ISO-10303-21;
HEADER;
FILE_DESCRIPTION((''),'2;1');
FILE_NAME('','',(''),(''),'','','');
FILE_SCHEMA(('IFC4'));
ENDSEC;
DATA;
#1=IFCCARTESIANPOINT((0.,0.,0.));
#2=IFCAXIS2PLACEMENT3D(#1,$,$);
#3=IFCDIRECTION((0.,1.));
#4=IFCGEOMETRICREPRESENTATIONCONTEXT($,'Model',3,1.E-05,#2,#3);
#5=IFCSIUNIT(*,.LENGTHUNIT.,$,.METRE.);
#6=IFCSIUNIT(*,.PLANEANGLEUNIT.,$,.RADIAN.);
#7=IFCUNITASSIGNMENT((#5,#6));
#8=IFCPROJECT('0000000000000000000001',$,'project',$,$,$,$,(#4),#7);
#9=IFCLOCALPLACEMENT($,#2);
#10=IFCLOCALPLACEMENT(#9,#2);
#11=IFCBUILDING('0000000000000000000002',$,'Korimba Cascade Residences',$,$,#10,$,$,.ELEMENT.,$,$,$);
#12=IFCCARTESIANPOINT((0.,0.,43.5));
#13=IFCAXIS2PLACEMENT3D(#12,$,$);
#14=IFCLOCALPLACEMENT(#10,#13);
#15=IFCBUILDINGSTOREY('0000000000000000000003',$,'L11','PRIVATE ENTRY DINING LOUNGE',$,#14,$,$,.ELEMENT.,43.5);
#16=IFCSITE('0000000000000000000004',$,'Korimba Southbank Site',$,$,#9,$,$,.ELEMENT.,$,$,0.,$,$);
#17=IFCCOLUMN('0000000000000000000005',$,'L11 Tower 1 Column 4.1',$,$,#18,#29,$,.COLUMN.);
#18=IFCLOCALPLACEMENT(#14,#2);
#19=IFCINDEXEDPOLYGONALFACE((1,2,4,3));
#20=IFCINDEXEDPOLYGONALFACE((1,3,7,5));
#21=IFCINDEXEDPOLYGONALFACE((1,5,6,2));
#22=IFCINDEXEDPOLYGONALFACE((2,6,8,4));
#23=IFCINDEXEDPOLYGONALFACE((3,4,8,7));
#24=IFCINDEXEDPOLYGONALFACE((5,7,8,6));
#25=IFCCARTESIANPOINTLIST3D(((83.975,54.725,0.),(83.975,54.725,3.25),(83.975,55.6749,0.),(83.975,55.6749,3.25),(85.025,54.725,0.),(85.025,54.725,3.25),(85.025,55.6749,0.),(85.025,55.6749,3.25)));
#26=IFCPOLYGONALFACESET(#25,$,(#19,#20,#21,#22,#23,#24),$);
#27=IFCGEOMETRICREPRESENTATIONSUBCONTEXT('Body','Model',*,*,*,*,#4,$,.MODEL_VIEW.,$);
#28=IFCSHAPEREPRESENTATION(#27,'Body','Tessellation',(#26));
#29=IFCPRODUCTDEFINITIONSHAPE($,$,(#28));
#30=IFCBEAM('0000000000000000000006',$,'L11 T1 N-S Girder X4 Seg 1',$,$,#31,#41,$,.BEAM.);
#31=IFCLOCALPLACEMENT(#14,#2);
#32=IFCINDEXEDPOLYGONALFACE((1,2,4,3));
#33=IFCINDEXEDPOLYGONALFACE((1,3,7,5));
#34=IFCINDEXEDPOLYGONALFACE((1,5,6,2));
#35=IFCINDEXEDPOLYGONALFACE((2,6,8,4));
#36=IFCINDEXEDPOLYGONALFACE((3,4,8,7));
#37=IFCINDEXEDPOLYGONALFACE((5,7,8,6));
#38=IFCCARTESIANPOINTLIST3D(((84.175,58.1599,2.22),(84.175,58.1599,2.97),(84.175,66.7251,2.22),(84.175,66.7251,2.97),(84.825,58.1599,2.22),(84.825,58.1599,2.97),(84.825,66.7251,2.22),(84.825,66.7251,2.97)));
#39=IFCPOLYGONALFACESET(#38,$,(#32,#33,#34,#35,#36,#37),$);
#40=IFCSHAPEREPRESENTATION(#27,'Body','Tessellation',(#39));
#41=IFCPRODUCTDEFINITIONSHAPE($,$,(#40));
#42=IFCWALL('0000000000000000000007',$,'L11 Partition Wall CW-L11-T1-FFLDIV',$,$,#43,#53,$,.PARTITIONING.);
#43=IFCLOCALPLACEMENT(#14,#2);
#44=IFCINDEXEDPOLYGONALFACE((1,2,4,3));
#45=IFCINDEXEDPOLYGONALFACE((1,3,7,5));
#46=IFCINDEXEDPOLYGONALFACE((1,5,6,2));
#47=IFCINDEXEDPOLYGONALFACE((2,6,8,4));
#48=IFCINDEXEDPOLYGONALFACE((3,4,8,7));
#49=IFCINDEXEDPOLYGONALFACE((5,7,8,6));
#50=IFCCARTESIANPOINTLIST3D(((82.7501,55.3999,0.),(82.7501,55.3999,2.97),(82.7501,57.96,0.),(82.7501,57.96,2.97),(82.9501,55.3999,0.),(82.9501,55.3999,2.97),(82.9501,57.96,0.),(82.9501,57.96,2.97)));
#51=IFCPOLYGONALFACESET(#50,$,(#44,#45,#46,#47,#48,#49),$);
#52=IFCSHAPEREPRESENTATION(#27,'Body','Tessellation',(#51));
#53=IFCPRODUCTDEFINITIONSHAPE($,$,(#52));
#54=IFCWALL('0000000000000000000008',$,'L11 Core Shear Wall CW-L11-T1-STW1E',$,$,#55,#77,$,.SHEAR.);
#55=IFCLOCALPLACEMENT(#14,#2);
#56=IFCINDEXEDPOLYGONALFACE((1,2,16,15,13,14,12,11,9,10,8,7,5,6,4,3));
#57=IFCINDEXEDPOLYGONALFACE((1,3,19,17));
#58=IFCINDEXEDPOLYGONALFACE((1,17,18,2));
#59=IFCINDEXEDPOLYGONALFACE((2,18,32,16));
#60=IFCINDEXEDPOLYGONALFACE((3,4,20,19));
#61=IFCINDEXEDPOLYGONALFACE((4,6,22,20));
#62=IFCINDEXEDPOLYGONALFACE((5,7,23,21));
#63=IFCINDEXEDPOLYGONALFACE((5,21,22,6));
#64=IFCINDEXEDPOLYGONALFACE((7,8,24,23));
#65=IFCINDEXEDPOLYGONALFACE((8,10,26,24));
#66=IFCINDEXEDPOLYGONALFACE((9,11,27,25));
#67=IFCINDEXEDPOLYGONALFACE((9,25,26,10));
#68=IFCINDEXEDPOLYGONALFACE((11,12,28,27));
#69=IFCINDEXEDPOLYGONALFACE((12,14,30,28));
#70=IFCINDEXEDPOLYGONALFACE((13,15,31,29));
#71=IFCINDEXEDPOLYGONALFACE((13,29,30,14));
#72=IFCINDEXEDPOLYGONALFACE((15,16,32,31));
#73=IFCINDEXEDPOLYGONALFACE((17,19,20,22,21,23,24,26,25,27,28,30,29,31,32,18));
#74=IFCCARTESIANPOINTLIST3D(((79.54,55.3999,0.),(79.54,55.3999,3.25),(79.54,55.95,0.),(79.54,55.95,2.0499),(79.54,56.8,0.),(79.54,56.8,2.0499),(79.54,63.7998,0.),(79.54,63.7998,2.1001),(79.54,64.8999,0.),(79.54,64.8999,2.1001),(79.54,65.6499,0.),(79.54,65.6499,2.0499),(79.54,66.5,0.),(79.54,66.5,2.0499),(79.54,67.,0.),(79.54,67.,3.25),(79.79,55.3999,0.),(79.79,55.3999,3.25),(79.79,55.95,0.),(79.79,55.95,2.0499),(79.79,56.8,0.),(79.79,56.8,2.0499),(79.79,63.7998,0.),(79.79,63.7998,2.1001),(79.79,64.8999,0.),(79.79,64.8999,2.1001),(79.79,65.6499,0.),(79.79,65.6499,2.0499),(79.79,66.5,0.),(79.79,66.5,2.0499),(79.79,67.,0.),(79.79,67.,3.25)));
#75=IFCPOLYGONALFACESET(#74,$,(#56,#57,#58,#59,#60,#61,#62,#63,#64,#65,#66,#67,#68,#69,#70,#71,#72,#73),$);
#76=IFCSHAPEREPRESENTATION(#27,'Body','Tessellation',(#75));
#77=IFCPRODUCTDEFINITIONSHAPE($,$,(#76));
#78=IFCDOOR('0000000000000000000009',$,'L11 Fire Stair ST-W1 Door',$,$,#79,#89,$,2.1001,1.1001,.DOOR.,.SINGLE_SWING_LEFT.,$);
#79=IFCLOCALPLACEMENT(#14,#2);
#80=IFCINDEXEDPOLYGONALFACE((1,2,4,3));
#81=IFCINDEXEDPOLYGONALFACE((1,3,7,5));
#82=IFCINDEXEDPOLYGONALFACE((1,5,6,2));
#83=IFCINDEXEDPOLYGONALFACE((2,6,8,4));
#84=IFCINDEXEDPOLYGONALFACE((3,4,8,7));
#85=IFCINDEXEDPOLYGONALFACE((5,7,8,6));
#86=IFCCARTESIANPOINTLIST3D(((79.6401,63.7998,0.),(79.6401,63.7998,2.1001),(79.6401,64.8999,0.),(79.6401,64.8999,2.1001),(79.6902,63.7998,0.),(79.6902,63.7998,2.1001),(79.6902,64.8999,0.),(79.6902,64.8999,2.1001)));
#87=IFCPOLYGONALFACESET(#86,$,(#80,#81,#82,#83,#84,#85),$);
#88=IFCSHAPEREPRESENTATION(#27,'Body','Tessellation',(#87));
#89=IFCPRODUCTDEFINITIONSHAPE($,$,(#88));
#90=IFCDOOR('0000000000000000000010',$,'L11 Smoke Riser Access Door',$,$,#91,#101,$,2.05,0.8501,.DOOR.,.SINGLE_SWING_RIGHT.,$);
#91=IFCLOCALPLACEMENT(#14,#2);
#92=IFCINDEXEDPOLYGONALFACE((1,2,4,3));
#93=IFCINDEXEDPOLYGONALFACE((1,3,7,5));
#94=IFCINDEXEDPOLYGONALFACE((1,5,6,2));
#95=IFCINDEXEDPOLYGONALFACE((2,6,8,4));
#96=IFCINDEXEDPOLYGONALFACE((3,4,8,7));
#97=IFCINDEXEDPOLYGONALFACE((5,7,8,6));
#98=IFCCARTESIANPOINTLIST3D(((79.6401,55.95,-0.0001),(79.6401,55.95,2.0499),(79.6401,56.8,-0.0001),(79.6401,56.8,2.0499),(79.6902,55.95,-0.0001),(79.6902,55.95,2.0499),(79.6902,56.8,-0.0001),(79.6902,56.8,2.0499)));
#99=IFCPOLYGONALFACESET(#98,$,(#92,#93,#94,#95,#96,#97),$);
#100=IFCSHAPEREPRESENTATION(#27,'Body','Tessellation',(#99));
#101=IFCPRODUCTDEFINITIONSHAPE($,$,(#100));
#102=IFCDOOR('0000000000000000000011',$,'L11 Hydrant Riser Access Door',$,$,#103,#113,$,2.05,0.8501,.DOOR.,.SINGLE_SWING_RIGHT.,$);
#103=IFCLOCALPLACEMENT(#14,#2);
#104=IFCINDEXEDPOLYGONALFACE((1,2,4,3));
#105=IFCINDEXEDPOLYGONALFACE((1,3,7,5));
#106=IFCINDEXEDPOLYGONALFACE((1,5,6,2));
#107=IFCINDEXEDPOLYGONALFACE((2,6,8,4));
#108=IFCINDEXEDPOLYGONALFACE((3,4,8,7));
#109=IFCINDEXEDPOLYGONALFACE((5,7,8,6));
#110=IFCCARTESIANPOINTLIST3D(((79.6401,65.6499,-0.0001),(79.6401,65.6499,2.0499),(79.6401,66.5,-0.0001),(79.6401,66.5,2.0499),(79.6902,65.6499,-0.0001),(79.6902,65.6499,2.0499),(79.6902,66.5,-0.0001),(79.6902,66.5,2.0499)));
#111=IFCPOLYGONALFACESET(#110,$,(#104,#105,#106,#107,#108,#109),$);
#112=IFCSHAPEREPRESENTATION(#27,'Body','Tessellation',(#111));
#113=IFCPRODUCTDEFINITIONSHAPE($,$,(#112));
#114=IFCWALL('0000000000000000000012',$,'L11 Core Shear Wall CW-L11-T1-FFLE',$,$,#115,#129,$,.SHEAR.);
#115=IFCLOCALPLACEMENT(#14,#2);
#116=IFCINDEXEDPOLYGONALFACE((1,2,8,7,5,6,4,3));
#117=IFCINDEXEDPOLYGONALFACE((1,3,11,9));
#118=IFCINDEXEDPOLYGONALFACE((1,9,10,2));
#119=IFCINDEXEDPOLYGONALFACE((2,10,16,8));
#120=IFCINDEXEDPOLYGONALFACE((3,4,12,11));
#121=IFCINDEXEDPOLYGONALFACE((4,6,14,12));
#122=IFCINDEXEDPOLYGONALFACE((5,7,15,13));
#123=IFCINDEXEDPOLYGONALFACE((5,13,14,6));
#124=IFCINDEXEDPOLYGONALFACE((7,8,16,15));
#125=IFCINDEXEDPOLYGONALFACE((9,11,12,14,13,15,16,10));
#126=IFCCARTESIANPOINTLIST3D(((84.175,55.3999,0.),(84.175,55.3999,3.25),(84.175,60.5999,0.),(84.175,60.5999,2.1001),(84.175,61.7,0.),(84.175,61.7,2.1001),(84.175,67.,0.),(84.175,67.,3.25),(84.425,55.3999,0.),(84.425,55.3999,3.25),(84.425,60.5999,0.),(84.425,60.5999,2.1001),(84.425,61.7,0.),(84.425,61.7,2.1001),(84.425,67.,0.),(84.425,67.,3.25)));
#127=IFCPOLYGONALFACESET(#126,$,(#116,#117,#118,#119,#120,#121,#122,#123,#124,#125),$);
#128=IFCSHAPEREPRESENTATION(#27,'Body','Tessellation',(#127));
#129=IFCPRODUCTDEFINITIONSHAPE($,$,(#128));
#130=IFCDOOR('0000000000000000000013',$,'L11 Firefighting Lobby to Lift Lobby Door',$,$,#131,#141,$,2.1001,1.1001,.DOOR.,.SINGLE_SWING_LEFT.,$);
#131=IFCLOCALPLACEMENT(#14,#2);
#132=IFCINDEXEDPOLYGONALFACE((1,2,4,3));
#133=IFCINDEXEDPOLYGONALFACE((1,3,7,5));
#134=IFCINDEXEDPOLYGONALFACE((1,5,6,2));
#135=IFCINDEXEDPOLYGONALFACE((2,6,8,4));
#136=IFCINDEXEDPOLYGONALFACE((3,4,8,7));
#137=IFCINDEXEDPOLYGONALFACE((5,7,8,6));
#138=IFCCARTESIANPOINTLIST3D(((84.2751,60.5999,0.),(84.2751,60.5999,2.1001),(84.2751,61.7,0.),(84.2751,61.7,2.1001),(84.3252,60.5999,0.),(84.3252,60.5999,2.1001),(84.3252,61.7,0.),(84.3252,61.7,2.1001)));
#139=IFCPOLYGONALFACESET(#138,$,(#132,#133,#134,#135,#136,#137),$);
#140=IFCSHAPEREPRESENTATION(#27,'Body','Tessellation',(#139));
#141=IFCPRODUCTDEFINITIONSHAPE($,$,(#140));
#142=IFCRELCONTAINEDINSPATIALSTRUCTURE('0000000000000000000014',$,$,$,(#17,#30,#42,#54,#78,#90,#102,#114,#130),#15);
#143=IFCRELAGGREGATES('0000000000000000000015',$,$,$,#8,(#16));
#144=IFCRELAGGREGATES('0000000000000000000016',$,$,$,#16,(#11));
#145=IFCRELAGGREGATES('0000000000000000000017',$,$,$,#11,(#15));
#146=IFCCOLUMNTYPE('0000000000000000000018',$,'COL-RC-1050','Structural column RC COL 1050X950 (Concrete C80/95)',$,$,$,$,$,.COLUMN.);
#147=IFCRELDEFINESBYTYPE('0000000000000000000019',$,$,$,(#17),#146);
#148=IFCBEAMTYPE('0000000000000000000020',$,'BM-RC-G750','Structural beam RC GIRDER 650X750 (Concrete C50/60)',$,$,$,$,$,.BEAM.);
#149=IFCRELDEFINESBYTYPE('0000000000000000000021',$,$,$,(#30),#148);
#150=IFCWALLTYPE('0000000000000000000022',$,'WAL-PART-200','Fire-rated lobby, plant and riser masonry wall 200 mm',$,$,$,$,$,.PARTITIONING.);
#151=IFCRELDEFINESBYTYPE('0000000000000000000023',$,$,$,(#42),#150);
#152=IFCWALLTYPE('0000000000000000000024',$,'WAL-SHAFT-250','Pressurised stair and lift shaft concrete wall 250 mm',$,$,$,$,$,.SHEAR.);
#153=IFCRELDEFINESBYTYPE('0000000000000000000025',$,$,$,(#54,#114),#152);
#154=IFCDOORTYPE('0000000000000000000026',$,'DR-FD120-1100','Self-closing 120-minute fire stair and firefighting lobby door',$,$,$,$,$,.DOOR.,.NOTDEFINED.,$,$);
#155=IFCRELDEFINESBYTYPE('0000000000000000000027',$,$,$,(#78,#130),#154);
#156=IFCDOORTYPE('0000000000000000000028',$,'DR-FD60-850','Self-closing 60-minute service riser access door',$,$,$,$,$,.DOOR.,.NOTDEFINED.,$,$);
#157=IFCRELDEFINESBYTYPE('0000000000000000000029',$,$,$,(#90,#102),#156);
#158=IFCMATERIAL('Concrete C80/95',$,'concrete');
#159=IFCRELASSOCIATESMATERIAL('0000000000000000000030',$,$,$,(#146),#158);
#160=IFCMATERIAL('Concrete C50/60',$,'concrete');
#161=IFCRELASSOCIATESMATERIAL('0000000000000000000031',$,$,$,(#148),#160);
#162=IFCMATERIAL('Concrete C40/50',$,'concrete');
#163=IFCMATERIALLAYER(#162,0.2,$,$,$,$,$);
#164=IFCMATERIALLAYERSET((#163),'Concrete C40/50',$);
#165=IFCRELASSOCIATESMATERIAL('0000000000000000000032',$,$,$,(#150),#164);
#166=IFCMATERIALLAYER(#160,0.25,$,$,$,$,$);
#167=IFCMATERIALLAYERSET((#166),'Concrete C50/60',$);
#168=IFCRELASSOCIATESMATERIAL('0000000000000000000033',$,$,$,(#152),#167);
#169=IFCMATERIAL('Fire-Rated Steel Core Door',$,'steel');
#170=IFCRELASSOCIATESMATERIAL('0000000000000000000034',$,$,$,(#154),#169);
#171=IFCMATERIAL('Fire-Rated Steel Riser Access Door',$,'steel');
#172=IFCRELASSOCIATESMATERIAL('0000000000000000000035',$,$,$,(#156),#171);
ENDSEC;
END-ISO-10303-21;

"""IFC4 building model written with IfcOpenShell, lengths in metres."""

from ifc_helpers import new_model, si_unit, direction, frame, frame_2d, origin, origin_2d, place, context, subcontext, project, spatial, rectangle, extrude, material, layer, layer_set, material_profile, profile_set, type_object, element, fill, save


model = new_model("IFC4")

# Units and contexts
model_context = context("Model", 3, precision=1e-05, world=origin(), true_north=direction((0.0, 1.0)))
body_context = subcontext(model_context, "Body", "Model", "MODEL_VIEW")
ifc_project = project(units=[si_unit("LENGTHUNIT", "METRE"), si_unit("PLANEANGLEUNIT", "RADIAN")], contexts=[model_context])

# Site, building, storey
site_placement = place(None, origin())
site = spatial("IfcSite", under=ifc_project, at=site_placement, Name="Korimba Southbank Site", CompositionType="ELEMENT", RefElevation=0.0)
building_placement = place(site_placement, origin())
building = spatial("IfcBuilding", under=site, at=building_placement, Name="Korimba Cascade Residences", CompositionType="ELEMENT")
storey_placement = place(building_placement, frame((0.0, 0.0, 43.5)))
storey = spatial("IfcBuildingStorey", under=building, at=storey_placement, Name="L11", Description="PRIVATE ENTRY DINING LOUNGE", CompositionType="ELEMENT", Elevation=43.5)

# Column
ifc_material_1 = material(Name="Concrete C80/95", Category="concrete")
ifc_material_profile_1 = material_profile(ifc_material_1, rectangle(XDim=1.05, YDim=0.95, at=origin_2d()), Name="Concrete C80/95")
ifc_profile_set_1 = profile_set([ifc_material_profile_1], Name="Concrete C80/95")
column_type = type_object("IfcColumnType", Name="COL-RC-1050", Description="Structural column RC COL 1050X950 (Concrete C80/95)", PredefinedType="COLUMN", material=ifc_profile_set_1)
column_placement = place(storey_placement, frame((84.5, 55.2, 0.0), z_axis=(0.0, 0.0, 1.0), x_axis=(1.0, 0.0, 0.0)))
element("IfcColumn", 1, at=column_placement, inside=storey, type_object=column_type, Name="L11 Tower 1 Column 4.1", PredefinedType="COLUMN", context=body_context, shape_type="SweptSolid", body=[
    extrude(rectangle(XDim=1.05, YDim=0.95, at=origin_2d()), origin(), (0.0, 0.0, 1.0), 3.25),
])

# Beam
ifc_material_2 = material(Name="Concrete C50/60", Category="concrete")
ifc_material_profile_2 = material_profile(ifc_material_2, rectangle(XDim=0.6499, YDim=0.75, at=origin_2d()), Name="Concrete C50/60")
ifc_profile_set_2 = profile_set([ifc_material_profile_2], Name="Concrete C50/60")
beam_type = type_object("IfcBeamType", Name="BM-RC-G750", Description="Structural beam RC GIRDER 650X750 (Concrete C50/60)", PredefinedType="BEAM", material=ifc_profile_set_2)
beam_placement = place(storey_placement, frame((84.5, 58.1599, 2.595), z_axis=(0.0, 1.0, 0.0), x_axis=(-1.0, 0.0, 0.0)))
element("IfcBeam", 2, at=beam_placement, inside=storey, type_object=beam_type, Name="L11 T1 N-S Girder X4 Seg 1", PredefinedType="BEAM", context=body_context, shape_type="SweptSolid", body=[
    extrude(rectangle(XDim=0.6499, YDim=0.75, at=origin_2d()), origin(), (0.0, 0.0, 1.0), 8.5652),
])

# Wall
ifc_material_3 = material(Name="Concrete C40/50", Category="concrete")
ifc_layer_1 = layer(ifc_material_3, 0.2)
ifc_layer_set_1 = layer_set([ifc_layer_1], Name="Concrete C40/50")
wall_type_1 = type_object("IfcWallType", Name="WAL-PART-200", Description="Fire-rated lobby, plant and riser masonry wall 200 mm", PredefinedType="PARTITIONING", material=ifc_layer_set_1)
wall_1_placement = place(storey_placement, frame((82.8501, 55.3999, 0.0), z_axis=(0.0, 0.0, 1.0), x_axis=(0.0, 1.0, 0.0)))
element("IfcWall", 3, at=wall_1_placement, inside=storey, type_object=wall_type_1, Name="L11 Partition Wall CW-L11-T1-FFLDIV", PredefinedType="PARTITIONING", context=body_context, shape_type="SweptSolid", body=[
    extrude(rectangle(XDim=2.5601, YDim=0.2, at=frame_2d((1.28, 0.0))), origin(), (0.0, 0.0, 1.0), 2.97),
])

# Wall, openings, doors
ifc_layer_2 = layer(ifc_material_2, 0.25)
ifc_layer_set_2 = layer_set([ifc_layer_2], Name="Concrete C50/60")
wall_type_2 = type_object("IfcWallType", Name="WAL-SHAFT-250", Description="Pressurised stair and lift shaft concrete wall 250 mm", PredefinedType="SHEAR", material=ifc_layer_set_2)
wall_2_placement = place(storey_placement, frame((79.665, 55.3999, 0.0), z_axis=(0.0, 0.0, 1.0), x_axis=(0.0, 1.0, 0.0)))
wall_2 = element("IfcWall", 4, at=wall_2_placement, inside=storey, type_object=wall_type_2, Name="L11 Core Shear Wall CW-L11-T1-STW1E", PredefinedType="SHEAR", context=body_context, shape_type="SweptSolid", body=[
    extrude(rectangle(XDim=11.6001, YDim=0.25, at=frame_2d((5.8, 0.0))), origin(), (0.0, 0.0, 1.0), 3.25),
])
opening_1_placement = place(wall_2_placement, frame((0.55, 0.0, 0.0)))
opening_1 = element("IfcOpeningElement", 5, at=opening_1_placement, cuts=wall_2, PredefinedType="OPENING", context=body_context, shape_type="SweptSolid", body=[
    extrude(rectangle(XDim=0.8501, YDim=2.05, at=frame_2d((0.425, 1.0249))), frame((0.0, 0.135, 0.0), z_axis=(0.0, -1.0, 0.0), x_axis=(1.0, 0.0, 0.0)), (0.0, 0.0, 1.0), 0.27),
])
opening_2_placement = place(wall_2_placement, frame((8.3999, 0.0, 0.0)))
opening_2 = element("IfcOpeningElement", 6, at=opening_2_placement, cuts=wall_2, PredefinedType="OPENING", context=body_context, shape_type="SweptSolid", body=[
    extrude(rectangle(XDim=1.1001, YDim=2.1001, at=frame_2d((0.55, 1.05))), frame((0.0, 0.135, 0.0), z_axis=(0.0, -1.0, 0.0), x_axis=(1.0, 0.0, 0.0)), (0.0, 0.0, 1.0), 0.27),
])
opening_3_placement = place(wall_2_placement, frame((10.25, 0.0, 0.0)))
opening_3 = element("IfcOpeningElement", 7, at=opening_3_placement, cuts=wall_2, PredefinedType="OPENING", context=body_context, shape_type="SweptSolid", body=[
    extrude(rectangle(XDim=0.8501, YDim=2.05, at=frame_2d((0.425, 1.0249))), frame((0.0, 0.135, 0.0), z_axis=(0.0, -1.0, 0.0), x_axis=(1.0, 0.0, 0.0)), (0.0, 0.0, 1.0), 0.27),
])
ifc_material_4 = material(Name="Fire-Rated Steel Core Door", Category="steel")
door_type_1 = type_object("IfcDoorType", Name="DR-FD120-1100", Description="Self-closing 120-minute fire stair and firefighting lobby door", OperationType="NOTDEFINED", PredefinedType="DOOR", material=ifc_material_4)
door_1_placement = place(opening_2_placement, origin())
door_1 = element("IfcDoor", 8, at=door_1_placement, inside=storey, type_object=door_type_1, Name="L11 Fire Stair ST-W1 Door", OperationType="SINGLE_SWING_LEFT", OverallHeight=2.1001, OverallWidth=1.1001, PredefinedType="DOOR", context=body_context, shape_type="SweptSolid", body=[
    extrude(rectangle(XDim=1.1001, YDim=2.1001, at=frame_2d((0.55, 1.05))), frame((0.0, 0.0249, 0.0), z_axis=(0.0, -1.0, 0.0), x_axis=(1.0, 0.0, 0.0)), (0.0, 0.0, 1.0), 0.05),
])
fill(opening_2, door_1)
ifc_material_5 = material(Name="Fire-Rated Steel Riser Access Door", Category="steel")
door_type_2 = type_object("IfcDoorType", Name="DR-FD60-850", Description="Self-closing 60-minute service riser access door", OperationType="NOTDEFINED", PredefinedType="DOOR", material=ifc_material_5)
door_2_placement = place(opening_1_placement, origin())
door_2 = element("IfcDoor", 9, at=door_2_placement, inside=storey, type_object=door_type_2, Name="L11 Smoke Riser Access Door", OperationType="SINGLE_SWING_RIGHT", OverallHeight=2.05, OverallWidth=0.8501, PredefinedType="DOOR", context=body_context, shape_type="SweptSolid", body=[
    extrude(rectangle(XDim=0.8501, YDim=2.05, at=frame_2d((0.425, 1.0249))), frame((0.0, 0.0249, 0.0), z_axis=(0.0, -1.0, 0.0), x_axis=(1.0, 0.0, 0.0)), (0.0, 0.0, 1.0), 0.05),
])
fill(opening_1, door_2)
door_3_placement = place(opening_3_placement, origin())
door_3 = element("IfcDoor", 10, at=door_3_placement, inside=storey, type_object=door_type_2, Name="L11 Hydrant Riser Access Door", OperationType="SINGLE_SWING_RIGHT", OverallHeight=2.05, OverallWidth=0.8501, PredefinedType="DOOR", context=body_context, shape_type="SweptSolid", body=[
    extrude(rectangle(XDim=0.8501, YDim=2.05, at=frame_2d((0.425, 1.0249))), frame((0.0, 0.0249, 0.0), z_axis=(0.0, -1.0, 0.0), x_axis=(1.0, 0.0, 0.0)), (0.0, 0.0, 1.0), 0.05),
])
fill(opening_3, door_3)

# Wall, opening, door
wall_3_placement = place(storey_placement, frame((84.3, 55.3999, 0.0), z_axis=(0.0, 0.0, 1.0), x_axis=(0.0, 1.0, 0.0)))
wall_3 = element("IfcWall", 11, at=wall_3_placement, inside=storey, type_object=wall_type_2, Name="L11 Core Shear Wall CW-L11-T1-FFLE", PredefinedType="SHEAR", context=body_context, shape_type="SweptSolid", body=[
    extrude(rectangle(XDim=11.6001, YDim=0.25, at=frame_2d((5.8, 0.0))), origin(), (0.0, 0.0, 1.0), 3.25),
])
opening_4_placement = place(wall_3_placement, frame((5.2, 0.0, 0.0)))
opening_4 = element("IfcOpeningElement", 12, at=opening_4_placement, cuts=wall_3, PredefinedType="OPENING", context=body_context, shape_type="SweptSolid", body=[
    extrude(rectangle(XDim=1.1001, YDim=2.1001, at=frame_2d((0.55, 1.05))), frame((0.0, 0.135, 0.0), z_axis=(0.0, -1.0, 0.0), x_axis=(1.0, 0.0, 0.0)), (0.0, 0.0, 1.0), 0.27),
])
door_4_placement = place(opening_4_placement, origin())
door_4 = element("IfcDoor", 13, at=door_4_placement, inside=storey, type_object=door_type_1, Name="L11 Firefighting Lobby to Lift Lobby Door", OperationType="SINGLE_SWING_LEFT", OverallHeight=2.1001, OverallWidth=1.1001, PredefinedType="DOOR", context=body_context, shape_type="SweptSolid", body=[
    extrude(rectangle(XDim=1.1001, YDim=2.1001, at=frame_2d((0.55, 1.05))), frame((0.0, 0.0249, 0.0), z_axis=(0.0, -1.0, 0.0), x_axis=(1.0, 0.0, 0.0)), (0.0, 0.0, 1.0), 0.05),
])
fill(opening_4, door_4)

save(model, "model.ifc")
